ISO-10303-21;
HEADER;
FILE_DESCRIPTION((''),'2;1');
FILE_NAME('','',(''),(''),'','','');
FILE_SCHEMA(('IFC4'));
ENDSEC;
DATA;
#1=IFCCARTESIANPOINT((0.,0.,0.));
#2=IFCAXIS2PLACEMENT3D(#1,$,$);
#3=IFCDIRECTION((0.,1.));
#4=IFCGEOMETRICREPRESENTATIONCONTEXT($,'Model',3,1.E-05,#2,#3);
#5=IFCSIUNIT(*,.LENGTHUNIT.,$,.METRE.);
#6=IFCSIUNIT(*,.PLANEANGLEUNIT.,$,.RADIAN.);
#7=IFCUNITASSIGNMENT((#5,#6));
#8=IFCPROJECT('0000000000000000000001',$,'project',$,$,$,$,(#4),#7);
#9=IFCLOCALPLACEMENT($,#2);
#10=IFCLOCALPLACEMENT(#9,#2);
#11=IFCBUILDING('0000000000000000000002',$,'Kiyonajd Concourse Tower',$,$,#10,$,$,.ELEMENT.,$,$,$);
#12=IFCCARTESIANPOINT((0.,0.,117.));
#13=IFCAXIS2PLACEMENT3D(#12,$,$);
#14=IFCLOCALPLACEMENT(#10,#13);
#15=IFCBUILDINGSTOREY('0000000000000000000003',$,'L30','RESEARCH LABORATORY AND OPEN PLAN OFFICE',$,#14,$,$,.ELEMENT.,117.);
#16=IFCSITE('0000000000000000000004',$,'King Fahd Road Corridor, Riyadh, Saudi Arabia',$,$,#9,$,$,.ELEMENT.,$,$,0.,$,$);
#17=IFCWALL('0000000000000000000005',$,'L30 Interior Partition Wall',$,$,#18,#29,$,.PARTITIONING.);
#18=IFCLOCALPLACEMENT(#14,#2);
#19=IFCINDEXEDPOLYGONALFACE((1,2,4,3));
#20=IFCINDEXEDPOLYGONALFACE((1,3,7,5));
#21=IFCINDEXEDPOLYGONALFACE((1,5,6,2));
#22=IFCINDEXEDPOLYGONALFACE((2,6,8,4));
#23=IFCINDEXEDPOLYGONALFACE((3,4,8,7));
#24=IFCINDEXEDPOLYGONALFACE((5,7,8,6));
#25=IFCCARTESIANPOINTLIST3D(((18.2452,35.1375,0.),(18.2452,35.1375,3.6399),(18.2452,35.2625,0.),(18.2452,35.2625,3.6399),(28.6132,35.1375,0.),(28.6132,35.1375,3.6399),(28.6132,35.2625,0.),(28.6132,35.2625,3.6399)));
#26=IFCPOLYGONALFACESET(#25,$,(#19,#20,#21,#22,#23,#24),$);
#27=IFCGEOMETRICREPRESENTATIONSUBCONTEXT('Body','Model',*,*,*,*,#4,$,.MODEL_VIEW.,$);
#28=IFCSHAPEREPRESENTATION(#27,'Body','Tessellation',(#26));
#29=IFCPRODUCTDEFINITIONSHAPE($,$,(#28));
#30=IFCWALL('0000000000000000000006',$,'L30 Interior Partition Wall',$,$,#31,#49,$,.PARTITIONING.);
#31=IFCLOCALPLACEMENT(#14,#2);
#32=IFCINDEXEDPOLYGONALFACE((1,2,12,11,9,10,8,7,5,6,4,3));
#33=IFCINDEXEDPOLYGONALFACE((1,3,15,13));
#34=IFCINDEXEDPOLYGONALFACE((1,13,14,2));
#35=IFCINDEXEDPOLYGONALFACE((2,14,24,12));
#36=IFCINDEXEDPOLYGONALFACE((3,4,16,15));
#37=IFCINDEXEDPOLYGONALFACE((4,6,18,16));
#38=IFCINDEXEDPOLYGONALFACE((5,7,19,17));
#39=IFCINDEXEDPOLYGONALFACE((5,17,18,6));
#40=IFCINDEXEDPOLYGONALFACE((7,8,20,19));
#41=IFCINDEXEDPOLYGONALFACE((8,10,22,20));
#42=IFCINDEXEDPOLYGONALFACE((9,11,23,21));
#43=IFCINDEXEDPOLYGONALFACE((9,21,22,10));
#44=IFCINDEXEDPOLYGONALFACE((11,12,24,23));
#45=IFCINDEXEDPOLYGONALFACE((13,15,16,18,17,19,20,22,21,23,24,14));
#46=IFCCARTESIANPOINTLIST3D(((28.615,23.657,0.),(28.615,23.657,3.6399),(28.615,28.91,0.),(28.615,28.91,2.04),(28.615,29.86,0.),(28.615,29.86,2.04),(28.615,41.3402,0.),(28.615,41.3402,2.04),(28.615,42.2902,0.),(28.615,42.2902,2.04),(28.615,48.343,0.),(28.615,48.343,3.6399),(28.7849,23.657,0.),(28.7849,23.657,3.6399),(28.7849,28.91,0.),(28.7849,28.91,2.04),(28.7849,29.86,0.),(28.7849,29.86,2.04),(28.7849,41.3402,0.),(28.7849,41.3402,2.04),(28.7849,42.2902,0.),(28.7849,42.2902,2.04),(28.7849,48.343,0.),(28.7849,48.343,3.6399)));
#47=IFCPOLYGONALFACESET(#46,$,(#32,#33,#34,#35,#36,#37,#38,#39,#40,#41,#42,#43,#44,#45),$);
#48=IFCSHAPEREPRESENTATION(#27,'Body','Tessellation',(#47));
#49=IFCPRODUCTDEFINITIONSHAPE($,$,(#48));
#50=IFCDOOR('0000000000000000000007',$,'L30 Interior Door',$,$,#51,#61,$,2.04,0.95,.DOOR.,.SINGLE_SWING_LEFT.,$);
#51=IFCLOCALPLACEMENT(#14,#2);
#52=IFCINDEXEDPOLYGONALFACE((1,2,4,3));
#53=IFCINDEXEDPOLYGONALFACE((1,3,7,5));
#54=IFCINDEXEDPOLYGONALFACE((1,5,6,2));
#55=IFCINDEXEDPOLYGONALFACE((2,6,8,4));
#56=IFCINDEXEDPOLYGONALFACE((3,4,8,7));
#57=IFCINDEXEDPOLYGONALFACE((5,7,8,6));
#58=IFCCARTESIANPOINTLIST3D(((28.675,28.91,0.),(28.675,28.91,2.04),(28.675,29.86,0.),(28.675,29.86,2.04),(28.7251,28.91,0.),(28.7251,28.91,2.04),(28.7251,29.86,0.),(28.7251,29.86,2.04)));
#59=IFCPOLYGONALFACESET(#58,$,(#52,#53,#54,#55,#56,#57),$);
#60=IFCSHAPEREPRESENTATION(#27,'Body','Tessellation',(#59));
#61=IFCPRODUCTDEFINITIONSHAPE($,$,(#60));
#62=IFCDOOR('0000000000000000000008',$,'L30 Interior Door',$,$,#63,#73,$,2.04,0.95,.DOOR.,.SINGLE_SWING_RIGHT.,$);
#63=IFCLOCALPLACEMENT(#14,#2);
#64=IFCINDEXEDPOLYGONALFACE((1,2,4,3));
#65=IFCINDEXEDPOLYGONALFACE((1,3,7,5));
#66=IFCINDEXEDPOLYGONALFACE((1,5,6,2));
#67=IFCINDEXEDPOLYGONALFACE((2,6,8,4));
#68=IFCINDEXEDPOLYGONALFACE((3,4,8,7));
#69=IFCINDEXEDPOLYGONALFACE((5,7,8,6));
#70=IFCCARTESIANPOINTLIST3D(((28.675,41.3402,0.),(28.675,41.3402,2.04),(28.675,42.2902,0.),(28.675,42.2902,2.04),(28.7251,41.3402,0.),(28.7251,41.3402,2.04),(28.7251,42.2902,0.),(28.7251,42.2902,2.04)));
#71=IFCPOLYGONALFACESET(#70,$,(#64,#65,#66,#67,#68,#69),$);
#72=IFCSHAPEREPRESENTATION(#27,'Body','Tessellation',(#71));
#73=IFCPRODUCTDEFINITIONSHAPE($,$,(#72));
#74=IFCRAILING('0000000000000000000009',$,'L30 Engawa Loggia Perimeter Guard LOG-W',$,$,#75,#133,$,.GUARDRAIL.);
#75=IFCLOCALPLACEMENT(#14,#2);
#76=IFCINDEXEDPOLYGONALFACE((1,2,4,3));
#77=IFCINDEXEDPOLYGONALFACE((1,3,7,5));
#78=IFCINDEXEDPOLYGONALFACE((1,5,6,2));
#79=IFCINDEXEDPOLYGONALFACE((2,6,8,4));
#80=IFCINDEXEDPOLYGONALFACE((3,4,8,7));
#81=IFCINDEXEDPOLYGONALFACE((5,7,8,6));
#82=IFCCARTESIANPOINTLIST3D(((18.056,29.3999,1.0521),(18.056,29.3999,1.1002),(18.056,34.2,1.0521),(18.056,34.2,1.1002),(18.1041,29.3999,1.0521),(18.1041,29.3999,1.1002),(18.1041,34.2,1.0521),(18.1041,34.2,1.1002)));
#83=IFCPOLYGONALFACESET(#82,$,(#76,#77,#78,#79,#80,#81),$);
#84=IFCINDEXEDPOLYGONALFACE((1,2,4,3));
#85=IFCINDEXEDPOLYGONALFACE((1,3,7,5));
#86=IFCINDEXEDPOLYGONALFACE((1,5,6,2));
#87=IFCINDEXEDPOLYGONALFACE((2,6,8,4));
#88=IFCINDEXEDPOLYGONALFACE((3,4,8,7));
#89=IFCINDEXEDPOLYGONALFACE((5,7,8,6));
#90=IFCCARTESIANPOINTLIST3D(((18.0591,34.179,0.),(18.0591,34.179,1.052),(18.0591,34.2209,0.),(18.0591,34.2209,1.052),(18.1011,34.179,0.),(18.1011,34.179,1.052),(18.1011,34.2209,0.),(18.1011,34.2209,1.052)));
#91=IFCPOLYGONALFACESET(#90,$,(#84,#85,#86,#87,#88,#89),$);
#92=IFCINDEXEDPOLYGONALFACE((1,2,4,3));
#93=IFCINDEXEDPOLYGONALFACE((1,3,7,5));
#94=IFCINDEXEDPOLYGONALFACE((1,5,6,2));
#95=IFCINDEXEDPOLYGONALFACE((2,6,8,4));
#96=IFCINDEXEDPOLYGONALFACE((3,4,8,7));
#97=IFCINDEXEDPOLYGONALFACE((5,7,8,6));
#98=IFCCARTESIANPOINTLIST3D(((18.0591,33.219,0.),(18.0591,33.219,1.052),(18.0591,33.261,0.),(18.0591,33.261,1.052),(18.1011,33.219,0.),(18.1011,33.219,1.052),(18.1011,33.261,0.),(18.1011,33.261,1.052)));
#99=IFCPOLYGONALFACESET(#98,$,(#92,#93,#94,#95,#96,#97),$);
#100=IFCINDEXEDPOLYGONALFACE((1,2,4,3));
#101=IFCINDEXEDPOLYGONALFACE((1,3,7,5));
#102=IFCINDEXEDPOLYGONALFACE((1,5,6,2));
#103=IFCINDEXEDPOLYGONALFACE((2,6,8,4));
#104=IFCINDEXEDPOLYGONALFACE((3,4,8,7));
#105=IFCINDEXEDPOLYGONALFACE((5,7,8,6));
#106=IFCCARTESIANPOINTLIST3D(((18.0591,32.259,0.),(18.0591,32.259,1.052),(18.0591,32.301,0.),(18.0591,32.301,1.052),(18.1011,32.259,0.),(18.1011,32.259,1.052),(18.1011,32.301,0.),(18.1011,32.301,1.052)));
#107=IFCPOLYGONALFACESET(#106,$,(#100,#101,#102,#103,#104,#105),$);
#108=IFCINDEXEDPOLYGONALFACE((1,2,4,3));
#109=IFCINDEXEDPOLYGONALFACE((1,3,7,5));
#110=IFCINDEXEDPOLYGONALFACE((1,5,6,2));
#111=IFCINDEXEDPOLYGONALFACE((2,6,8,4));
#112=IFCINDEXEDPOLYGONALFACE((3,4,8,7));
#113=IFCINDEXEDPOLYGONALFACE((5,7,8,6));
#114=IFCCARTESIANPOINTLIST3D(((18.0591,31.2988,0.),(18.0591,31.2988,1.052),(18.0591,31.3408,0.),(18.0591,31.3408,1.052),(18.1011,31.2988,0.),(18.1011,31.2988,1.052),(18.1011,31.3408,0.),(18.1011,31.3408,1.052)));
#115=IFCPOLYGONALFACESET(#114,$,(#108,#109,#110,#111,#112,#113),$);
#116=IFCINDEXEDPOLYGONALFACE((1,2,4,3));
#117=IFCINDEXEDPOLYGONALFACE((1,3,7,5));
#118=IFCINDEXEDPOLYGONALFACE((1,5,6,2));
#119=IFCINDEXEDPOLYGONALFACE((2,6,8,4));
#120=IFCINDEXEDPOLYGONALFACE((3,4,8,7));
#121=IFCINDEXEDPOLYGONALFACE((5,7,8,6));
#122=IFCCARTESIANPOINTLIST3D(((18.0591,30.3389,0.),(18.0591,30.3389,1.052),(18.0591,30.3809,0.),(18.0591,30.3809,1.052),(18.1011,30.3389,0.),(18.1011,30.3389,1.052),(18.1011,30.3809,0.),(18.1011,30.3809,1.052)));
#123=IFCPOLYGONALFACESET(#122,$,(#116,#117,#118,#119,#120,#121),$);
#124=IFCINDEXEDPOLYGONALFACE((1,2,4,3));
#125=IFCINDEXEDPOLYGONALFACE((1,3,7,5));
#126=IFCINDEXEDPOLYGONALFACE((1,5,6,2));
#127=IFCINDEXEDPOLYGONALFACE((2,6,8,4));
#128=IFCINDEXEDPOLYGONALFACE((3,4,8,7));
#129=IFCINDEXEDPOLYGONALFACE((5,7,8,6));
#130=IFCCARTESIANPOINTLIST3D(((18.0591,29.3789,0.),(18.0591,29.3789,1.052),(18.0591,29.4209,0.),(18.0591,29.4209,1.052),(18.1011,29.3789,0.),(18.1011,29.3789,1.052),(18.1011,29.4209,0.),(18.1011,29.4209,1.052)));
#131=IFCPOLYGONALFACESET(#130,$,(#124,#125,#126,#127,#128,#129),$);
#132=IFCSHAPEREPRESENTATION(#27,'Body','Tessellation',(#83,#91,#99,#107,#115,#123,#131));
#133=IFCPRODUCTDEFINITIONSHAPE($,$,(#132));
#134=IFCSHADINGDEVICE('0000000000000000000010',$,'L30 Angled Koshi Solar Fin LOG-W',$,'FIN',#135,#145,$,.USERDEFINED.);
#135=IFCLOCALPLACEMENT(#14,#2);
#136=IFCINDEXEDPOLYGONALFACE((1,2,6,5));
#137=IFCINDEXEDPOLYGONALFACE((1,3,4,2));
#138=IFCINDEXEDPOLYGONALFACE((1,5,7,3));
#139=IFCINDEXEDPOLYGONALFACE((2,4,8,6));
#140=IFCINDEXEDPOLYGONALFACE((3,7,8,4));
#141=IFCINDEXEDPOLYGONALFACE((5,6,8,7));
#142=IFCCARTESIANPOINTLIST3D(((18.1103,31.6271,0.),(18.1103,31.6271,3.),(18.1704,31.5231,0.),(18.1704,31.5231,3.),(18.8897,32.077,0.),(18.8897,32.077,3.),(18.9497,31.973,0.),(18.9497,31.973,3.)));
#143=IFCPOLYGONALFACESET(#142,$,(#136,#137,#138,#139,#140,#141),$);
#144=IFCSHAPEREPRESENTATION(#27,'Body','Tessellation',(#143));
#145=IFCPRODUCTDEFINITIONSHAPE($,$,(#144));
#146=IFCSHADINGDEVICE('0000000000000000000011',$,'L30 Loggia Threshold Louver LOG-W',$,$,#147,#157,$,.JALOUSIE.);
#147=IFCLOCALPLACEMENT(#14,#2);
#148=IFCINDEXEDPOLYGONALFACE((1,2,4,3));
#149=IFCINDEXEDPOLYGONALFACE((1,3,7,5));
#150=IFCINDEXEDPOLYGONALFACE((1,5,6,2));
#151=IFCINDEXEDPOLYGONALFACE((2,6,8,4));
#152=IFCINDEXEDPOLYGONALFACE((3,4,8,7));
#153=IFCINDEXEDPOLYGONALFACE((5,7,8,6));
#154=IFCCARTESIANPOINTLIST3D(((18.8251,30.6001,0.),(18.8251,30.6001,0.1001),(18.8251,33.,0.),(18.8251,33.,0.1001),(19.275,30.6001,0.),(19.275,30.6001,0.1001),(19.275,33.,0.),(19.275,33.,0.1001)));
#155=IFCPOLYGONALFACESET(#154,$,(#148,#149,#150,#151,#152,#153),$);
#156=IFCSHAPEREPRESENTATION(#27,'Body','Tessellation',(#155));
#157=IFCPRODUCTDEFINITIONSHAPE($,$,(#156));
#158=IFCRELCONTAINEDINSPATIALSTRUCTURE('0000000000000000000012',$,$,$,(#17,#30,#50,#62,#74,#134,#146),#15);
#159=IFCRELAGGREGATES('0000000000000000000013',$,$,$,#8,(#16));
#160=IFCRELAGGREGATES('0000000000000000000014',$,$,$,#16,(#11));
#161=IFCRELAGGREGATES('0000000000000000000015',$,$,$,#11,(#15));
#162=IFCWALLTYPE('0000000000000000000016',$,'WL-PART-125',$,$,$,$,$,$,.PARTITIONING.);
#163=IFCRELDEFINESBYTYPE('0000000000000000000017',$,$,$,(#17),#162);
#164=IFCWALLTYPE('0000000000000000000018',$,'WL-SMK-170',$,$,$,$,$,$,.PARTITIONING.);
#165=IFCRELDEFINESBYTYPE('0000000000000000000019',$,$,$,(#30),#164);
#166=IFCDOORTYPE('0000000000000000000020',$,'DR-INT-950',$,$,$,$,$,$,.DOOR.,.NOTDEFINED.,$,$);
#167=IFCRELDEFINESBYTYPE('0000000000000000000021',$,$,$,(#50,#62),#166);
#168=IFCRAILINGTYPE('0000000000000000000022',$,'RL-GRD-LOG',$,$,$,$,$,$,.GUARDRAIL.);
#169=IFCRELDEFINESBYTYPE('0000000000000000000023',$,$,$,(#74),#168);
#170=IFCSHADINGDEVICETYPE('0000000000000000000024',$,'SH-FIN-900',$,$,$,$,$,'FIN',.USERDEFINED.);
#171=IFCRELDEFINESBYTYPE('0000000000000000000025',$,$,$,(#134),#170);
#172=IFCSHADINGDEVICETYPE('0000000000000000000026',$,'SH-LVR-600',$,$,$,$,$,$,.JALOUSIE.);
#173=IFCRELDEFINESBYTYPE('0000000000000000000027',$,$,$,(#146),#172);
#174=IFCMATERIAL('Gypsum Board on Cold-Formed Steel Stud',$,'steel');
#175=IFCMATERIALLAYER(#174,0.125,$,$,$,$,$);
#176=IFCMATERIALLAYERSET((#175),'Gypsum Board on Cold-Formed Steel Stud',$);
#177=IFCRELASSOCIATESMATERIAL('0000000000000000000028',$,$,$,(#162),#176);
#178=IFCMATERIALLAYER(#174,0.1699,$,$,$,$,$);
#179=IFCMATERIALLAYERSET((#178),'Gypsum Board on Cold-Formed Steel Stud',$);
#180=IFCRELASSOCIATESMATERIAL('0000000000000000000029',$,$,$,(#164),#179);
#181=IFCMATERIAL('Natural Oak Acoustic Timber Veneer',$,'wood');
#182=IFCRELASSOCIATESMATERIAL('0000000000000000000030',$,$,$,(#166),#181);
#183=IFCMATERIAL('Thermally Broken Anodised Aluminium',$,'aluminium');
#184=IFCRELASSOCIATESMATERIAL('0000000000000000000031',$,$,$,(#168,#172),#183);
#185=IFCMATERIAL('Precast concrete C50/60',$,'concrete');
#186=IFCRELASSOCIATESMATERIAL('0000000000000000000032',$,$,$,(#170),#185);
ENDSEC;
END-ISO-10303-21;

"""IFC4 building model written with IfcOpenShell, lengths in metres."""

from ifc_helpers import new_model, si_unit, direction, frame, frame_2d, origin, origin_2d, place, context, subcontext, project, spatial, rectangle, extrude, material, layer, layer_set, type_object, element, fill, save


model = new_model("IFC4")

# Units and contexts
model_context = context("Model", 3, precision=1e-05, world=origin(), true_north=direction((0.0, 1.0)))
body_context = subcontext(model_context, "Body", "Model", "MODEL_VIEW")
ifc_project = project(units=[si_unit("LENGTHUNIT", "METRE"), si_unit("PLANEANGLEUNIT", "RADIAN")], contexts=[model_context])

# Site, building, storey
site_placement = place(None, origin())
site = spatial("IfcSite", under=ifc_project, at=site_placement, Name="King Fahd Road Corridor, Riyadh, Saudi Arabia", CompositionType="ELEMENT", RefElevation=0.0)
building_placement = place(site_placement, origin())
building = spatial("IfcBuilding", under=site, at=building_placement, Name="Kiyonajd Concourse Tower", CompositionType="ELEMENT")
storey_placement = place(building_placement, frame((0.0, 0.0, 117.0)))
storey = spatial("IfcBuildingStorey", under=building, at=storey_placement, Name="L30", Description="RESEARCH LABORATORY AND OPEN PLAN OFFICE", CompositionType="ELEMENT", Elevation=117.0)

# Shared definitions
ifc_material_1 = material(Name="Precast concrete C50/60", Category="concrete")

# Shared definitions
ifc_material_2 = material(Name="Thermally Broken Anodised Aluminium", Category="aluminium")

# Wall
ifc_material_3 = material(Name="Gypsum Board on Cold-Formed Steel Stud", Category="steel")
ifc_layer_1 = layer(ifc_material_3, 0.125)
ifc_layer_set_1 = layer_set([ifc_layer_1], Name="Gypsum Board on Cold-Formed Steel Stud")
wall_type_1 = type_object("IfcWallType", Name="WL-PART-125", PredefinedType="PARTITIONING", material=ifc_layer_set_1)
wall_1_placement = place(storey_placement, frame((18.2451, 35.2, 0.0), z_axis=(0.0, 0.0, 1.0), x_axis=(1.0, 0.0, 0.0)))
element("IfcWall", 1, at=wall_1_placement, inside=storey, type_object=wall_type_1, Name="L30 Interior Partition Wall", PredefinedType="PARTITIONING", context=body_context, shape_type="SweptSolid", body=[
    extrude(rectangle(XDim=10.3679, YDim=0.125, at=frame_2d((5.1841, 0.0))), origin(), (0.0, 0.0, 1.0), 3.6399),
])

# Wall, openings, doors
ifc_layer_2 = layer(ifc_material_3, 0.1699)
ifc_layer_set_2 = layer_set([ifc_layer_2], Name="Gypsum Board on Cold-Formed Steel Stud")
wall_type_2 = type_object("IfcWallType", Name="WL-SMK-170", PredefinedType="PARTITIONING", material=ifc_layer_set_2)
wall_2_placement = place(storey_placement, frame((28.7, 23.657, 0.0), z_axis=(0.0, 0.0, 1.0), x_axis=(0.0, 1.0, 0.0)))
wall_2 = element("IfcWall", 2, at=wall_2_placement, inside=storey, type_object=wall_type_2, Name="L30 Interior Partition Wall", PredefinedType="PARTITIONING", context=body_context, shape_type="SweptSolid", body=[
    extrude(rectangle(XDim=24.686, YDim=0.1699, at=frame_2d((12.343, 0.0))), origin(), (0.0, 0.0, 1.0), 3.6399),
])
opening_1_placement = place(wall_2_placement, frame((5.2529, 0.0, 0.0)))
opening_1 = element("IfcOpeningElement", 3, at=opening_1_placement, cuts=wall_2, PredefinedType="OPENING", context=body_context, shape_type="SweptSolid", body=[
    extrude(rectangle(XDim=0.95, YDim=2.04, at=frame_2d((0.4751, 1.02))), frame((0.0, 0.095, 0.0), z_axis=(0.0, -1.0, 0.0), x_axis=(1.0, 0.0, 0.0)), (0.0, 0.0, 1.0), 0.1899),
])
opening_2_placement = place(wall_2_placement, frame((17.6831, 0.0, 0.0)))
opening_2 = element("IfcOpeningElement", 4, at=opening_2_placement, cuts=wall_2, PredefinedType="OPENING", context=body_context, shape_type="SweptSolid", body=[
    extrude(rectangle(XDim=0.95, YDim=2.04, at=frame_2d((0.4751, 1.02))), frame((0.0, 0.095, 0.0), z_axis=(0.0, -1.0, 0.0), x_axis=(1.0, 0.0, 0.0)), (0.0, 0.0, 1.0), 0.1899),
])
ifc_material_4 = material(Name="Natural Oak Acoustic Timber Veneer", Category="wood")
door_type_1 = type_object("IfcDoorType", Name="DR-INT-950", OperationType="NOTDEFINED", PredefinedType="DOOR", material=ifc_material_4)
door_1_placement = place(opening_1_placement, origin())
door_1 = element("IfcDoor", 5, at=door_1_placement, inside=storey, type_object=door_type_1, Name="L30 Interior Door", OperationType="SINGLE_SWING_LEFT", OverallHeight=2.04, OverallWidth=0.95, PredefinedType="DOOR", context=body_context, shape_type="SweptSolid", body=[
    extrude(rectangle(XDim=0.95, YDim=2.04, at=frame_2d((0.4751, 1.02))), frame((0.0, 0.0249, 0.0), z_axis=(0.0, -1.0, 0.0), x_axis=(1.0, 0.0, 0.0)), (0.0, 0.0, 1.0), 0.05),
])
fill(opening_1, door_1)
door_2_placement = place(opening_2_placement, origin())
door_2 = element("IfcDoor", 6, at=door_2_placement, inside=storey, type_object=door_type_1, Name="L30 Interior Door", OperationType="SINGLE_SWING_RIGHT", OverallHeight=2.04, OverallWidth=0.95, PredefinedType="DOOR", context=body_context, shape_type="SweptSolid", body=[
    extrude(rectangle(XDim=0.95, YDim=2.04, at=frame_2d((0.4751, 1.02))), frame((0.0, 0.0249, 0.0), z_axis=(0.0, -1.0, 0.0), x_axis=(1.0, 0.0, 0.0)), (0.0, 0.0, 1.0), 0.05),
])
fill(opening_2, door_2)

# Railing
railing_type = type_object("IfcRailingType", Name="RL-GRD-LOG", PredefinedType="GUARDRAIL", material=ifc_material_2)
railing_placement = place(storey_placement, frame((18.0801, 34.2, 0.0)))
element("IfcRailing", 7, at=railing_placement, inside=storey, type_object=railing_type, Name="L30 Engawa Loggia Perimeter Guard LOG-W", PredefinedType="GUARDRAIL", context=body_context, shape_type="SweptSolid", body=[
    extrude(rectangle(XDim=0.0481, YDim=0.0481, at=origin_2d()), frame((0.0, 0.0, 1.0762), z_axis=(0.0, -1.0, 0.0), x_axis=(1.0, 0.0, 0.0)), (0.0, 0.0, 1.0), 4.8),
    extrude(rectangle(XDim=0.042, YDim=0.042, at=origin_2d()), origin(), (0.0, 0.0, 1.0), 1.052),
    extrude(rectangle(XDim=0.042, YDim=0.042, at=origin_2d()), frame((0.0, -0.96, 0.0)), (0.0, 0.0, 1.0), 1.052),
    extrude(rectangle(XDim=0.042, YDim=0.042, at=origin_2d()), frame((0.0, -1.9199, 0.0)), (0.0, 0.0, 1.0), 1.052),
    extrude(rectangle(XDim=0.042, YDim=0.042, at=origin_2d()), frame((0.0, -2.8801, 0.0)), (0.0, 0.0, 1.0), 1.052),
    extrude(rectangle(XDim=0.042, YDim=0.042, at=origin_2d()), frame((0.0, -3.8401, 0.0)), (0.0, 0.0, 1.0), 1.052),
    extrude(rectangle(XDim=0.042, YDim=0.042, at=origin_2d()), frame((0.0, -4.8, 0.0)), (0.0, 0.0, 1.0), 1.052),
])

# Shading devices
shading_device_type_1 = type_object("IfcShadingDeviceType", Name="SH-FIN-900", ElementType="FIN", PredefinedType="USERDEFINED", material=ifc_material_1)
shading_device_1_placement = place(storey_placement, frame((18.53, 31.8, 0.0), z_axis=(0.0, 0.0, 1.0), x_axis=(0.866025, 0.5, 0.0)))
element("IfcShadingDevice", 8, at=shading_device_1_placement, inside=storey, type_object=shading_device_type_1, Name="L30 Angled Koshi Solar Fin LOG-W", ObjectType="FIN", PredefinedType="USERDEFINED", context=body_context, shape_type="SweptSolid", body=[
    extrude(rectangle(XDim=0.8999, YDim=0.1201, at=origin_2d()), origin(), (0.0, 0.0, 1.0), 3.0),
])
shading_device_type_2 = type_object("IfcShadingDeviceType", Name="SH-LVR-600", PredefinedType="JALOUSIE", material=ifc_material_2)
shading_device_2_placement = place(storey_placement, frame((19.05, 31.8, 0.0), z_axis=(0.0, 0.0, 1.0), x_axis=(0.0, 1.0, 0.0)))
element("IfcShadingDevice", 9, at=shading_device_2_placement, inside=storey, type_object=shading_device_type_2, Name="L30 Loggia Threshold Louver LOG-W", PredefinedType="JALOUSIE", context=body_context, shape_type="SweptSolid", body=[
    extrude(rectangle(XDim=2.3999, YDim=0.45, at=origin_2d()), origin(), (0.0, 0.0, 1.0), 0.1001),
])

save(model, "model.ifc")
